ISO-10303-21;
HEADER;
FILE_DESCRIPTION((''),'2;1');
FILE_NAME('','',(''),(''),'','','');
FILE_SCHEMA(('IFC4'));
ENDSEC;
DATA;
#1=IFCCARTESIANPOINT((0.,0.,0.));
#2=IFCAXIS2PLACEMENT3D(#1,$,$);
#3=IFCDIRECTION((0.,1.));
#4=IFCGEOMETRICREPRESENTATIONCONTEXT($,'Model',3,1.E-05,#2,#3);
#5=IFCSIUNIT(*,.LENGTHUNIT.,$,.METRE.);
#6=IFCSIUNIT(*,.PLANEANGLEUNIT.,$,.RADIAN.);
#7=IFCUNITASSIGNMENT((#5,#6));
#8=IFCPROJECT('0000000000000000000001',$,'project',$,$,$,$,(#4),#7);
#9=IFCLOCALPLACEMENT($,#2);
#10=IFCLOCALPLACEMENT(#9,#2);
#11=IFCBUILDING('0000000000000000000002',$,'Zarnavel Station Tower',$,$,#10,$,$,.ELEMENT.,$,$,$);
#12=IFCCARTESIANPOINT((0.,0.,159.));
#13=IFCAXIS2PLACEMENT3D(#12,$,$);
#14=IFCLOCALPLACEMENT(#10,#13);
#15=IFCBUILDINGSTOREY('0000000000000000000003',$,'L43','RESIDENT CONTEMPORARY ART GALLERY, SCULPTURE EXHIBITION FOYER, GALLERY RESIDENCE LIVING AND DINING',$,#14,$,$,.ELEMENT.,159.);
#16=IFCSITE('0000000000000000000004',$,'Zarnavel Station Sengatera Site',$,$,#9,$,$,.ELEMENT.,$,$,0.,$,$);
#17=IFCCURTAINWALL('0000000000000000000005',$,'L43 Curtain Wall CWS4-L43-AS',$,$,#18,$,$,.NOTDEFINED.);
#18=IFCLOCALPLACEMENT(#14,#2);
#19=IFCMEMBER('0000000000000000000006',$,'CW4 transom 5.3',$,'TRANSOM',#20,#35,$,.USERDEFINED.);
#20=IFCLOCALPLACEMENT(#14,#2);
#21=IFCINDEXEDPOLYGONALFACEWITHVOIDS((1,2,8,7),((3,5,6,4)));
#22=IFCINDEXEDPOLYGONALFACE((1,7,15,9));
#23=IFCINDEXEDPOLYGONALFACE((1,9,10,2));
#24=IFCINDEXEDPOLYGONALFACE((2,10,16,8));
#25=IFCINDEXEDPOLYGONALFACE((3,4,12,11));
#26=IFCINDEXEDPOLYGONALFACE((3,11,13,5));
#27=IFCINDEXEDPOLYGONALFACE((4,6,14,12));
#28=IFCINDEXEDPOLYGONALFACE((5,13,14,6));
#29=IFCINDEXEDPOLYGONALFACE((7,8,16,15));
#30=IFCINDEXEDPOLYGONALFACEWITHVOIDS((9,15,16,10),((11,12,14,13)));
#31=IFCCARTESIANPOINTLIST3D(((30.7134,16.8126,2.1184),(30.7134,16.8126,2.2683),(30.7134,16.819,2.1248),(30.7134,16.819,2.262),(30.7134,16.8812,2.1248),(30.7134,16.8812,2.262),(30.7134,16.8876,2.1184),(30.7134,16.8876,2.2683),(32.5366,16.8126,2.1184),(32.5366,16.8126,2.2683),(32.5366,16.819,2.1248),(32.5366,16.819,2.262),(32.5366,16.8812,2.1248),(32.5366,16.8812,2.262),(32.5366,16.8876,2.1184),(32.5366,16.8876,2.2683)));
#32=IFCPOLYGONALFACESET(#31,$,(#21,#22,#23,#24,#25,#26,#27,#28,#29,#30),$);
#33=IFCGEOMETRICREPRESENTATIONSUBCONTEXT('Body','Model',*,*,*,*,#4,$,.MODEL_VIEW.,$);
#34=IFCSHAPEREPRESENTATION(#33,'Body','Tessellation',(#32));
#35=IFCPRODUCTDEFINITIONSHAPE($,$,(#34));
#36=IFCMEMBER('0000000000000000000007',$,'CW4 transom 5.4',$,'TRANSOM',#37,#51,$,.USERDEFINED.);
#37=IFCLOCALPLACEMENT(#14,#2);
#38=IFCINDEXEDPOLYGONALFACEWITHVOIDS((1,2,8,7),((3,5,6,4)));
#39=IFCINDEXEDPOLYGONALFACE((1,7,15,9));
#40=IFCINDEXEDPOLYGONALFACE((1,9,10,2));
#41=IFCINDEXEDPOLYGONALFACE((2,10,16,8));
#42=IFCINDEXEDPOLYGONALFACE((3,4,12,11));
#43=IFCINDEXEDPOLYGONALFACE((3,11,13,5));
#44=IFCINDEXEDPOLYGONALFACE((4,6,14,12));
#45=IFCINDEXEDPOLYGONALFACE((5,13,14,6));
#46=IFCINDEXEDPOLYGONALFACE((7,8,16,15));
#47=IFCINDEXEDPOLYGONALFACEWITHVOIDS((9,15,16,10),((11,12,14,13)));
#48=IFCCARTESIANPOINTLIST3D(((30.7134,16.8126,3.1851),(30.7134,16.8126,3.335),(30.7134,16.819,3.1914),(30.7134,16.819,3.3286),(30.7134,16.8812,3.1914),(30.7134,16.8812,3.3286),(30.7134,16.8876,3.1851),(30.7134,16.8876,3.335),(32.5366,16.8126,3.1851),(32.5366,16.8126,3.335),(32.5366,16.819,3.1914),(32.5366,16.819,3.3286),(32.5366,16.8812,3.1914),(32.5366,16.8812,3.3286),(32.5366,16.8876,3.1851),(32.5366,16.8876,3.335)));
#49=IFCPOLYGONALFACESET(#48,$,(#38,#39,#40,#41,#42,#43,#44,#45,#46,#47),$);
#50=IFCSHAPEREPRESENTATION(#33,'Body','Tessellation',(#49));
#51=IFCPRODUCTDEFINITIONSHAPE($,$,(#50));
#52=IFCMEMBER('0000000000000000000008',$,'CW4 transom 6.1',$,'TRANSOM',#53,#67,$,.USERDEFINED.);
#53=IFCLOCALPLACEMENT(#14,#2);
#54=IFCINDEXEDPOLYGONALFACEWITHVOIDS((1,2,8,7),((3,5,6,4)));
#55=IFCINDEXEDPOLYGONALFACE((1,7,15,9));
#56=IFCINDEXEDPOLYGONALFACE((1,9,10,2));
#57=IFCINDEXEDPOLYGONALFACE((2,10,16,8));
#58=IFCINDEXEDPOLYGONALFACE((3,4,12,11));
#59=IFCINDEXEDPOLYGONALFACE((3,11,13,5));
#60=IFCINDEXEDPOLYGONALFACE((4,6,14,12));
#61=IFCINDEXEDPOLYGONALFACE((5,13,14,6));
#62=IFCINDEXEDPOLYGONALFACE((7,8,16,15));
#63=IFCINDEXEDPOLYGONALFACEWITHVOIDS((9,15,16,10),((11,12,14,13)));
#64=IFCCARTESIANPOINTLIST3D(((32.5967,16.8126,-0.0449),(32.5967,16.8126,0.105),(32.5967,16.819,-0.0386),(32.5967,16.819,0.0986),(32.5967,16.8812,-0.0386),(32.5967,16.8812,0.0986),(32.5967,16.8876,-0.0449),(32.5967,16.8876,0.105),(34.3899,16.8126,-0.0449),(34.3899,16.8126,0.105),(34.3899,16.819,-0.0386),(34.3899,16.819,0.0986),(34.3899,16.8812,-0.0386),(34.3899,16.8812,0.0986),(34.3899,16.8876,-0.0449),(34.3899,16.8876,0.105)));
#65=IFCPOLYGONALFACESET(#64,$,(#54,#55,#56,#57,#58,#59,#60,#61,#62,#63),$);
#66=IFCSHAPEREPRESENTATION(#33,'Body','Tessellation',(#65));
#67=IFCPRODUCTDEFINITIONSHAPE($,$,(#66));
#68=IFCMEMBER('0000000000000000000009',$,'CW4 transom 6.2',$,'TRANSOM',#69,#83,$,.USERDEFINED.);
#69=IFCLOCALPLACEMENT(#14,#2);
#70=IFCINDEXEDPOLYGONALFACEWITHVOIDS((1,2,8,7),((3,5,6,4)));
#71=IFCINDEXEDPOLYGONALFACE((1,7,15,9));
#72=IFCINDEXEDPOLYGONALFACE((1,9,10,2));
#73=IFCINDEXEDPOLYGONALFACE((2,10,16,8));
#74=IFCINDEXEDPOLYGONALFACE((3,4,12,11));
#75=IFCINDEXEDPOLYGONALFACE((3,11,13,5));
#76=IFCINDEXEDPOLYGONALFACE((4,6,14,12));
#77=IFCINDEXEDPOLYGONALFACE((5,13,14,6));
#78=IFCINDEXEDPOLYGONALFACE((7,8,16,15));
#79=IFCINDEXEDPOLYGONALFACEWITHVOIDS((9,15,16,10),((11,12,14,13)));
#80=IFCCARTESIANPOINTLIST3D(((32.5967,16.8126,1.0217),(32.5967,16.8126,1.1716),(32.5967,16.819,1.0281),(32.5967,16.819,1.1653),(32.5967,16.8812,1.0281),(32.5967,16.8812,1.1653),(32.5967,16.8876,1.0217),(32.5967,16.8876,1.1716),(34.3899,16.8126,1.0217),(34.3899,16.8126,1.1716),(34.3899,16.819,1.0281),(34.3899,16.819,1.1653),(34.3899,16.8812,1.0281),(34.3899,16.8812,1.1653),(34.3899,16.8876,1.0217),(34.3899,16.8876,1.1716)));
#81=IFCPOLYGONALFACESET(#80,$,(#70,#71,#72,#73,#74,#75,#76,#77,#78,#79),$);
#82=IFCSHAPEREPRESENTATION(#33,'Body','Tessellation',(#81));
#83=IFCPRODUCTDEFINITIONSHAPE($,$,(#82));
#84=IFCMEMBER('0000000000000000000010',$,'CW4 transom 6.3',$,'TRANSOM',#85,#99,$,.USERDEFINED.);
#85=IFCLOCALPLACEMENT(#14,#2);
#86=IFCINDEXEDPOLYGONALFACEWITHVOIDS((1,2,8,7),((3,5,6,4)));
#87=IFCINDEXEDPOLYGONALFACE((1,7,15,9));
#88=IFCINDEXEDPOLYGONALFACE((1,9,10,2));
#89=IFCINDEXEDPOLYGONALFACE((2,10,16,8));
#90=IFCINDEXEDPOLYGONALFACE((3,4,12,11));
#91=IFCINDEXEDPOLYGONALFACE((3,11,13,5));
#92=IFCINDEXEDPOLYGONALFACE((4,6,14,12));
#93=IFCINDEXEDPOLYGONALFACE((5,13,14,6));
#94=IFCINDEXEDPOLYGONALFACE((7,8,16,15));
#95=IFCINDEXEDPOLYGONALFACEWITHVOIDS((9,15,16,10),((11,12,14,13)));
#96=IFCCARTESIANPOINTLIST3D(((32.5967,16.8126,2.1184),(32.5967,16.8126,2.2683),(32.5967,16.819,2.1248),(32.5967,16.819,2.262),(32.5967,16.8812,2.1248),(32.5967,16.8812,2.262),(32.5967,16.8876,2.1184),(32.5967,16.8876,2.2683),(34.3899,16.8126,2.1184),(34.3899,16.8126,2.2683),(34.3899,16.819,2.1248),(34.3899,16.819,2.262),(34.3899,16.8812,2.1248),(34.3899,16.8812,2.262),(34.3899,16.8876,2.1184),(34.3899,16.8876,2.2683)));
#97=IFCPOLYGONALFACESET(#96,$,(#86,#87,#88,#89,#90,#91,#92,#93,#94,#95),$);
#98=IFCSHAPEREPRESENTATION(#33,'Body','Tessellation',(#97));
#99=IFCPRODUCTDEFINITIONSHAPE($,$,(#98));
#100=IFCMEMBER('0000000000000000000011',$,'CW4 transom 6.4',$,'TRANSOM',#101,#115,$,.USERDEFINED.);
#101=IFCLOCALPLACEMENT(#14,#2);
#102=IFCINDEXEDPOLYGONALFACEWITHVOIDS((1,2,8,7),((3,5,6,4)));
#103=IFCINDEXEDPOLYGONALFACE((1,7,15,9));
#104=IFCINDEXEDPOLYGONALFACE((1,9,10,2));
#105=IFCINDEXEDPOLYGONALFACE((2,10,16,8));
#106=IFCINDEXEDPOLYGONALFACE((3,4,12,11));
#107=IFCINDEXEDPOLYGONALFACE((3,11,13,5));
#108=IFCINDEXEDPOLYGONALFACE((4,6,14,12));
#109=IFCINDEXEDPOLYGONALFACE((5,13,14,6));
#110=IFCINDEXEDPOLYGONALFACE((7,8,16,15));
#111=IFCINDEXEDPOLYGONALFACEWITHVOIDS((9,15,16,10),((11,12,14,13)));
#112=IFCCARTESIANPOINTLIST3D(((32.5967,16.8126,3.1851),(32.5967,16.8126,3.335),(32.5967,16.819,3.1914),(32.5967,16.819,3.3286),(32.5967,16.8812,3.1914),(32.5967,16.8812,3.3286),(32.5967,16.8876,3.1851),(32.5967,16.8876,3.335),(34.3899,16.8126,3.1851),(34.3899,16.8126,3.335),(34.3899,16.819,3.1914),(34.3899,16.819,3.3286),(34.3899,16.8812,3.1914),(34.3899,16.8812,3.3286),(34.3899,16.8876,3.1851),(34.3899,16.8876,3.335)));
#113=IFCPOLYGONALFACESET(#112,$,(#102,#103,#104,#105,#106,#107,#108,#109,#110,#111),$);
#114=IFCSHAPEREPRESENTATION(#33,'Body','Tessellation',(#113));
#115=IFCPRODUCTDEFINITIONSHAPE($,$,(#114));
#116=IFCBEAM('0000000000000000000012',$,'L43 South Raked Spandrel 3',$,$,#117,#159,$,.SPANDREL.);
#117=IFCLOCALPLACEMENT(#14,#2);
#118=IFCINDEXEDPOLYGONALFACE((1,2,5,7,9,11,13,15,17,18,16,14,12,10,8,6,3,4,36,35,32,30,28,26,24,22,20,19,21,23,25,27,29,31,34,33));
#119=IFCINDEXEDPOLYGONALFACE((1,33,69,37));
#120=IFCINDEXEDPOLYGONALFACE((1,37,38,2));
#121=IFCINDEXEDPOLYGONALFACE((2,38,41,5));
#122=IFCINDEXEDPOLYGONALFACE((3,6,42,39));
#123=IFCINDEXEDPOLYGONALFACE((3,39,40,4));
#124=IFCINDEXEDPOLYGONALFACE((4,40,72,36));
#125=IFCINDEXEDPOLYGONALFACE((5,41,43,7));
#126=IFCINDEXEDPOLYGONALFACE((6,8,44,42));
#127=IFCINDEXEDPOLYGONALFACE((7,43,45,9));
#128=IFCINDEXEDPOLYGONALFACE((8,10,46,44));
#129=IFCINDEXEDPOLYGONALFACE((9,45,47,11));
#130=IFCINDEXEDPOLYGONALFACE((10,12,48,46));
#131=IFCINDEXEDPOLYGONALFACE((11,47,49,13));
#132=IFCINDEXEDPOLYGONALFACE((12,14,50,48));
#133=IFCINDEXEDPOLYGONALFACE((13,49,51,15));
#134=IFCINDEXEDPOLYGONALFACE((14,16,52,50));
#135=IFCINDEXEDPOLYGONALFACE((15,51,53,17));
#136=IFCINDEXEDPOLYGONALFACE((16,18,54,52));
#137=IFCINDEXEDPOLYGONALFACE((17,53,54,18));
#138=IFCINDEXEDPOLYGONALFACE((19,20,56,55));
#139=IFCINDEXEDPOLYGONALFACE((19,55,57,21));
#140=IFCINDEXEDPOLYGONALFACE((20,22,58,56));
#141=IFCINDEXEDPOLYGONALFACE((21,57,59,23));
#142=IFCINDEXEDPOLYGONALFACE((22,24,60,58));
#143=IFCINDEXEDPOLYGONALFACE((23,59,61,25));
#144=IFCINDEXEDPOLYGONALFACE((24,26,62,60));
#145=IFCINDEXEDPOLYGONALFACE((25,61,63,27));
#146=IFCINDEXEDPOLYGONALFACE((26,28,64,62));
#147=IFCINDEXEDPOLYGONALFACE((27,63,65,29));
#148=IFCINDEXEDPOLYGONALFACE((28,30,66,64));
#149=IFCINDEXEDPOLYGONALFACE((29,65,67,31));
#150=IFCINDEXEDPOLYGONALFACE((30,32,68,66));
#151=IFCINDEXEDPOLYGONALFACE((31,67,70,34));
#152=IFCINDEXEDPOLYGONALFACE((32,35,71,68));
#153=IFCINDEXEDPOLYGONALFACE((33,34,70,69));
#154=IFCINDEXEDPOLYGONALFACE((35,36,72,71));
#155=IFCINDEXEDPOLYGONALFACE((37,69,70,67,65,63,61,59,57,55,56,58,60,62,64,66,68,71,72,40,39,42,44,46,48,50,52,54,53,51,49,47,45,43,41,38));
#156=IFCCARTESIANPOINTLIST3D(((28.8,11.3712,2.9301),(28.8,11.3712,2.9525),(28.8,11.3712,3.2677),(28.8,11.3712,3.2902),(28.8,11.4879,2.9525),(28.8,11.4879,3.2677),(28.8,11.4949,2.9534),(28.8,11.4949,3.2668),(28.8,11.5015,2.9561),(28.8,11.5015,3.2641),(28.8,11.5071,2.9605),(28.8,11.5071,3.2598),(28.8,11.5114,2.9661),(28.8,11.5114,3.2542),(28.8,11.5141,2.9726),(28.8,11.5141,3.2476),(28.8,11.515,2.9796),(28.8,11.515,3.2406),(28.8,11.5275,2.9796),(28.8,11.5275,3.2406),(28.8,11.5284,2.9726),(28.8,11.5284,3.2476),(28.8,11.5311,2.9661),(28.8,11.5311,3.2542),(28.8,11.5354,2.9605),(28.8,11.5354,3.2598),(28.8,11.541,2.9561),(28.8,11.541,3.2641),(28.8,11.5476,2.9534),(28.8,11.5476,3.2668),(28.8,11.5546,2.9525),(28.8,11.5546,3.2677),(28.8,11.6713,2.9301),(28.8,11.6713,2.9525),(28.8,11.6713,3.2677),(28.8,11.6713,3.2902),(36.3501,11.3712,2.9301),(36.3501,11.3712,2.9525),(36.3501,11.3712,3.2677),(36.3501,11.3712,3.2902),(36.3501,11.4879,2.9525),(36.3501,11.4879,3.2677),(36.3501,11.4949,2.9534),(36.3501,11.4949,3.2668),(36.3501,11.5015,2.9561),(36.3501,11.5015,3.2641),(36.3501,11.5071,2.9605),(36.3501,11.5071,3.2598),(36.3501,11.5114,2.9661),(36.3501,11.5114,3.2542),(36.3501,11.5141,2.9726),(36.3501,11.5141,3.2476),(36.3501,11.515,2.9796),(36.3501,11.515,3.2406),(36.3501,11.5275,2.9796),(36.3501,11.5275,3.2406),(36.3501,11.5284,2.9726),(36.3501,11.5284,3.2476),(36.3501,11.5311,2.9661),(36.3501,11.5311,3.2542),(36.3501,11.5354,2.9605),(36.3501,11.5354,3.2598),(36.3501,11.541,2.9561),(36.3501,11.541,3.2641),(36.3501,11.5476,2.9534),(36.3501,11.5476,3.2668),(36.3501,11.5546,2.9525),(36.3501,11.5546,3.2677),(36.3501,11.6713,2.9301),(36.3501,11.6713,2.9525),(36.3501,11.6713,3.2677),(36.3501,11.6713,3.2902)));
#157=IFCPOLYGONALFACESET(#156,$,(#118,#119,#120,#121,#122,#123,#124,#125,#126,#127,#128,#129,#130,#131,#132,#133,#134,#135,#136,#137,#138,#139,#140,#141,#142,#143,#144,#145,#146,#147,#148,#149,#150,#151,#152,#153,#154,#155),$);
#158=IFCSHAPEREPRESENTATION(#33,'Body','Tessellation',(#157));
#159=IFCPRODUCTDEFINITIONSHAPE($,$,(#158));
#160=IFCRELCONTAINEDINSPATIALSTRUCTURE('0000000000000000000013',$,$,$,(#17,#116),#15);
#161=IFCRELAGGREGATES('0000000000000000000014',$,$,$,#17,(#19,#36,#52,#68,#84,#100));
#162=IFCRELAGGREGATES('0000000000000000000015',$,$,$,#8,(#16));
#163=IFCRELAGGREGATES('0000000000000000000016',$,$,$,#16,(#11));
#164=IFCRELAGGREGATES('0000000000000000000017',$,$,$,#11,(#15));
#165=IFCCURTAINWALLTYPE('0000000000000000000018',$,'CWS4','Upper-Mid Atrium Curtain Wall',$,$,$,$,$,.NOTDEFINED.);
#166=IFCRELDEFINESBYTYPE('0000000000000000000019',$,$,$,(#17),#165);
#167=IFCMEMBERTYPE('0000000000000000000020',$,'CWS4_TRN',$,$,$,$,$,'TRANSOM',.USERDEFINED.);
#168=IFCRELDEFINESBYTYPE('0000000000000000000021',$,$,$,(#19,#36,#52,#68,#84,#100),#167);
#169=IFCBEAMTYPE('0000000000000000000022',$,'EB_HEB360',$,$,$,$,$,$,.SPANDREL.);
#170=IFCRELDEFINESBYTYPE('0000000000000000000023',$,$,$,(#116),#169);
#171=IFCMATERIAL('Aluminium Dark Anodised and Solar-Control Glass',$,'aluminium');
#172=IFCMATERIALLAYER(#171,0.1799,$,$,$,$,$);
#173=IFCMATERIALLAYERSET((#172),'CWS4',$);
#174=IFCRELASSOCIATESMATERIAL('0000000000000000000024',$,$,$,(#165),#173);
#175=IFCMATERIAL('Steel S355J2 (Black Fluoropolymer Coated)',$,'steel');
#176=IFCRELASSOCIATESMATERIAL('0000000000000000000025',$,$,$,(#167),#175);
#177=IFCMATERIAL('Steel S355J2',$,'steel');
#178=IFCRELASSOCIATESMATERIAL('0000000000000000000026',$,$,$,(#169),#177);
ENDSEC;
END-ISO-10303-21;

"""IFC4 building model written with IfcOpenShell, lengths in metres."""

from ifc_helpers import new_model, si_unit, direction, frame, origin, origin_2d, place, context, subcontext, project, spatial, hollow_rectangle, i_section, extrude, material, layer, layer_set, material_profile, profile_set, type_object, element, aggregate, save


model = new_model("IFC4")

# Units and contexts
model_context = context("Model", 3, precision=1e-05, world=origin(), true_north=direction((0.0, 1.0)))
body_context = subcontext(model_context, "Body", "Model", "MODEL_VIEW")
ifc_project = project(units=[si_unit("LENGTHUNIT", "METRE"), si_unit("PLANEANGLEUNIT", "RADIAN")], contexts=[model_context])

# Site, building, storey
site_placement = place(None, origin())
site = spatial("IfcSite", under=ifc_project, at=site_placement, Name="Zarnavel Station Sengatera Site", CompositionType="ELEMENT", RefElevation=0.0)
building_placement = place(site_placement, origin())
building = spatial("IfcBuilding", under=site, at=building_placement, Name="Zarnavel Station Tower", CompositionType="ELEMENT")
storey_placement = place(building_placement, frame((0.0, 0.0, 159.0)))
storey = spatial("IfcBuildingStorey", under=building, at=storey_placement, Name="L43", Description="RESIDENT CONTEMPORARY ART GALLERY, SCULPTURE EXHIBITION FOYER, GALLERY RESIDENCE LIVING AND DINING", CompositionType="ELEMENT", Elevation=159.0)

# Curtain wall, members
ifc_material_1 = material(Name="Aluminium Dark Anodised and Solar-Control Glass", Category="aluminium")
ifc_layer_1 = layer(ifc_material_1, 0.1799)
ifc_layer_set_1 = layer_set([ifc_layer_1], Name="CWS4")
curtain_wall_type = type_object("IfcCurtainWallType", Name="CWS4", Description="Upper-Mid Atrium Curtain Wall", PredefinedType="NOTDEFINED", material=ifc_layer_set_1)
curtain_wall_placement = place(storey_placement, origin())
curtain_wall = element("IfcCurtainWall", 1, at=curtain_wall_placement, inside=storey, type_object=curtain_wall_type, Name="L43 Curtain Wall CWS4-L43-AS", PredefinedType="NOTDEFINED")
ifc_material_2 = material(Name="Steel S355J2 (Black Fluoropolymer Coated)", Category="steel")
ifc_material_profile_1 = material_profile(ifc_material_2, hollow_rectangle(XDim=0.075, YDim=0.1499, WallThickness=0.0063, at=origin_2d()), Name="RHS150x75x6.3")
ifc_profile_set_1 = profile_set([ifc_material_profile_1], Name="Steel S355J2 (Black Fluoropolymer Coated)")
member_type_1 = type_object("IfcMemberType", Name="CWS4_TRN", ElementType="TRANSOM", PredefinedType="USERDEFINED", material=ifc_profile_set_1)
member_1_placement = place(storey_placement, frame((30.7134, 16.8501, 2.1934), z_axis=(1.0, 0.0, 0.0), x_axis=(0.0, 1.0, 0.0)))
member_1 = element("IfcMember", 2, at=member_1_placement, type_object=member_type_1, Name="CW4 transom 5.3", ObjectType="TRANSOM", PredefinedType="USERDEFINED", context=body_context, shape_type="SweptSolid", body=[
    extrude(hollow_rectangle(XDim=0.075, YDim=0.1499, WallThickness=0.0063, at=origin_2d()), origin(), (0.0, 0.0, 1.0), 1.8232),
])
member_2_placement = place(storey_placement, frame((30.7134, 16.8501, 3.26), z_axis=(1.0, 0.0, 0.0), x_axis=(0.0, 1.0, 0.0)))
member_2 = element("IfcMember", 3, at=member_2_placement, type_object=member_type_1, Name="CW4 transom 5.4", ObjectType="TRANSOM", PredefinedType="USERDEFINED", context=body_context, shape_type="SweptSolid", body=[
    extrude(hollow_rectangle(XDim=0.075, YDim=0.1499, WallThickness=0.0063, at=origin_2d()), origin(), (0.0, 0.0, 1.0), 1.8232),
])
member_3_placement = place(storey_placement, frame((32.5967, 16.8501, 0.03), z_axis=(1.0, 0.0, 0.0), x_axis=(0.0, 1.0, 0.0)))
member_3 = element("IfcMember", 4, at=member_3_placement, type_object=member_type_1, Name="CW4 transom 6.1", ObjectType="TRANSOM", PredefinedType="USERDEFINED", context=body_context, shape_type="SweptSolid", body=[
    extrude(hollow_rectangle(XDim=0.075, YDim=0.1499, WallThickness=0.0063, at=origin_2d()), origin(), (0.0, 0.0, 1.0), 1.7932),
])
member_4_placement = place(storey_placement, frame((32.5967, 16.8501, 1.0967), z_axis=(1.0, 0.0, 0.0), x_axis=(0.0, 1.0, 0.0)))
member_4 = element("IfcMember", 5, at=member_4_placement, type_object=member_type_1, Name="CW4 transom 6.2", ObjectType="TRANSOM", PredefinedType="USERDEFINED", context=body_context, shape_type="SweptSolid", body=[
    extrude(hollow_rectangle(XDim=0.075, YDim=0.1499, WallThickness=0.0063, at=origin_2d()), origin(), (0.0, 0.0, 1.0), 1.7932),
])
member_5_placement = place(storey_placement, frame((32.5967, 16.8501, 2.1934), z_axis=(1.0, 0.0, 0.0), x_axis=(0.0, 1.0, 0.0)))
member_5 = element("IfcMember", 6, at=member_5_placement, type_object=member_type_1, Name="CW4 transom 6.3", ObjectType="TRANSOM", PredefinedType="USERDEFINED", context=body_context, shape_type="SweptSolid", body=[
    extrude(hollow_rectangle(XDim=0.075, YDim=0.1499, WallThickness=0.0063, at=origin_2d()), origin(), (0.0, 0.0, 1.0), 1.7932),
])
member_6_placement = place(storey_placement, frame((32.5967, 16.8501, 3.26), z_axis=(1.0, 0.0, 0.0), x_axis=(0.0, 1.0, 0.0)))
member_6 = element("IfcMember", 7, at=member_6_placement, type_object=member_type_1, Name="CW4 transom 6.4", ObjectType="TRANSOM", PredefinedType="USERDEFINED", context=body_context, shape_type="SweptSolid", body=[
    extrude(hollow_rectangle(XDim=0.075, YDim=0.1499, WallThickness=0.0063, at=origin_2d()), origin(), (0.0, 0.0, 1.0), 1.7932),
])

# Beam
ifc_material_3 = material(Name="Steel S355J2", Category="steel")
ifc_material_profile_2 = material_profile(ifc_material_3, i_section(OverallWidth=0.3, OverallDepth=0.3601, WebThickness=0.0125, FlangeThickness=0.0225, FilletRadius=0.0271, at=origin_2d()), Name="HEB360")
ifc_profile_set_2 = profile_set([ifc_material_profile_2], Name="Steel S355J2")
beam_type_1 = type_object("IfcBeamType", Name="EB_HEB360", PredefinedType="SPANDREL", material=ifc_profile_set_2)
beam_1_placement = place(storey_placement, frame((28.8, 11.5212, 3.1101), z_axis=(1.0, 0.0, 0.0), x_axis=(0.0, 1.0, 0.0)))
element("IfcBeam", 8, at=beam_1_placement, inside=storey, type_object=beam_type_1, Name="L43 South Raked Spandrel 3", PredefinedType="SPANDREL", context=body_context, shape_type="SweptSolid", body=[
    extrude(i_section(OverallWidth=0.3, OverallDepth=0.3601, WebThickness=0.0125, FlangeThickness=0.0225, FilletRadius=0.0271, at=origin_2d()), origin(), (0.0, 0.0, 1.0), 7.55),
])

aggregate(curtain_wall, [member_1, member_2, member_3, member_4, member_5, member_6])

save(model, "model.ifc")
